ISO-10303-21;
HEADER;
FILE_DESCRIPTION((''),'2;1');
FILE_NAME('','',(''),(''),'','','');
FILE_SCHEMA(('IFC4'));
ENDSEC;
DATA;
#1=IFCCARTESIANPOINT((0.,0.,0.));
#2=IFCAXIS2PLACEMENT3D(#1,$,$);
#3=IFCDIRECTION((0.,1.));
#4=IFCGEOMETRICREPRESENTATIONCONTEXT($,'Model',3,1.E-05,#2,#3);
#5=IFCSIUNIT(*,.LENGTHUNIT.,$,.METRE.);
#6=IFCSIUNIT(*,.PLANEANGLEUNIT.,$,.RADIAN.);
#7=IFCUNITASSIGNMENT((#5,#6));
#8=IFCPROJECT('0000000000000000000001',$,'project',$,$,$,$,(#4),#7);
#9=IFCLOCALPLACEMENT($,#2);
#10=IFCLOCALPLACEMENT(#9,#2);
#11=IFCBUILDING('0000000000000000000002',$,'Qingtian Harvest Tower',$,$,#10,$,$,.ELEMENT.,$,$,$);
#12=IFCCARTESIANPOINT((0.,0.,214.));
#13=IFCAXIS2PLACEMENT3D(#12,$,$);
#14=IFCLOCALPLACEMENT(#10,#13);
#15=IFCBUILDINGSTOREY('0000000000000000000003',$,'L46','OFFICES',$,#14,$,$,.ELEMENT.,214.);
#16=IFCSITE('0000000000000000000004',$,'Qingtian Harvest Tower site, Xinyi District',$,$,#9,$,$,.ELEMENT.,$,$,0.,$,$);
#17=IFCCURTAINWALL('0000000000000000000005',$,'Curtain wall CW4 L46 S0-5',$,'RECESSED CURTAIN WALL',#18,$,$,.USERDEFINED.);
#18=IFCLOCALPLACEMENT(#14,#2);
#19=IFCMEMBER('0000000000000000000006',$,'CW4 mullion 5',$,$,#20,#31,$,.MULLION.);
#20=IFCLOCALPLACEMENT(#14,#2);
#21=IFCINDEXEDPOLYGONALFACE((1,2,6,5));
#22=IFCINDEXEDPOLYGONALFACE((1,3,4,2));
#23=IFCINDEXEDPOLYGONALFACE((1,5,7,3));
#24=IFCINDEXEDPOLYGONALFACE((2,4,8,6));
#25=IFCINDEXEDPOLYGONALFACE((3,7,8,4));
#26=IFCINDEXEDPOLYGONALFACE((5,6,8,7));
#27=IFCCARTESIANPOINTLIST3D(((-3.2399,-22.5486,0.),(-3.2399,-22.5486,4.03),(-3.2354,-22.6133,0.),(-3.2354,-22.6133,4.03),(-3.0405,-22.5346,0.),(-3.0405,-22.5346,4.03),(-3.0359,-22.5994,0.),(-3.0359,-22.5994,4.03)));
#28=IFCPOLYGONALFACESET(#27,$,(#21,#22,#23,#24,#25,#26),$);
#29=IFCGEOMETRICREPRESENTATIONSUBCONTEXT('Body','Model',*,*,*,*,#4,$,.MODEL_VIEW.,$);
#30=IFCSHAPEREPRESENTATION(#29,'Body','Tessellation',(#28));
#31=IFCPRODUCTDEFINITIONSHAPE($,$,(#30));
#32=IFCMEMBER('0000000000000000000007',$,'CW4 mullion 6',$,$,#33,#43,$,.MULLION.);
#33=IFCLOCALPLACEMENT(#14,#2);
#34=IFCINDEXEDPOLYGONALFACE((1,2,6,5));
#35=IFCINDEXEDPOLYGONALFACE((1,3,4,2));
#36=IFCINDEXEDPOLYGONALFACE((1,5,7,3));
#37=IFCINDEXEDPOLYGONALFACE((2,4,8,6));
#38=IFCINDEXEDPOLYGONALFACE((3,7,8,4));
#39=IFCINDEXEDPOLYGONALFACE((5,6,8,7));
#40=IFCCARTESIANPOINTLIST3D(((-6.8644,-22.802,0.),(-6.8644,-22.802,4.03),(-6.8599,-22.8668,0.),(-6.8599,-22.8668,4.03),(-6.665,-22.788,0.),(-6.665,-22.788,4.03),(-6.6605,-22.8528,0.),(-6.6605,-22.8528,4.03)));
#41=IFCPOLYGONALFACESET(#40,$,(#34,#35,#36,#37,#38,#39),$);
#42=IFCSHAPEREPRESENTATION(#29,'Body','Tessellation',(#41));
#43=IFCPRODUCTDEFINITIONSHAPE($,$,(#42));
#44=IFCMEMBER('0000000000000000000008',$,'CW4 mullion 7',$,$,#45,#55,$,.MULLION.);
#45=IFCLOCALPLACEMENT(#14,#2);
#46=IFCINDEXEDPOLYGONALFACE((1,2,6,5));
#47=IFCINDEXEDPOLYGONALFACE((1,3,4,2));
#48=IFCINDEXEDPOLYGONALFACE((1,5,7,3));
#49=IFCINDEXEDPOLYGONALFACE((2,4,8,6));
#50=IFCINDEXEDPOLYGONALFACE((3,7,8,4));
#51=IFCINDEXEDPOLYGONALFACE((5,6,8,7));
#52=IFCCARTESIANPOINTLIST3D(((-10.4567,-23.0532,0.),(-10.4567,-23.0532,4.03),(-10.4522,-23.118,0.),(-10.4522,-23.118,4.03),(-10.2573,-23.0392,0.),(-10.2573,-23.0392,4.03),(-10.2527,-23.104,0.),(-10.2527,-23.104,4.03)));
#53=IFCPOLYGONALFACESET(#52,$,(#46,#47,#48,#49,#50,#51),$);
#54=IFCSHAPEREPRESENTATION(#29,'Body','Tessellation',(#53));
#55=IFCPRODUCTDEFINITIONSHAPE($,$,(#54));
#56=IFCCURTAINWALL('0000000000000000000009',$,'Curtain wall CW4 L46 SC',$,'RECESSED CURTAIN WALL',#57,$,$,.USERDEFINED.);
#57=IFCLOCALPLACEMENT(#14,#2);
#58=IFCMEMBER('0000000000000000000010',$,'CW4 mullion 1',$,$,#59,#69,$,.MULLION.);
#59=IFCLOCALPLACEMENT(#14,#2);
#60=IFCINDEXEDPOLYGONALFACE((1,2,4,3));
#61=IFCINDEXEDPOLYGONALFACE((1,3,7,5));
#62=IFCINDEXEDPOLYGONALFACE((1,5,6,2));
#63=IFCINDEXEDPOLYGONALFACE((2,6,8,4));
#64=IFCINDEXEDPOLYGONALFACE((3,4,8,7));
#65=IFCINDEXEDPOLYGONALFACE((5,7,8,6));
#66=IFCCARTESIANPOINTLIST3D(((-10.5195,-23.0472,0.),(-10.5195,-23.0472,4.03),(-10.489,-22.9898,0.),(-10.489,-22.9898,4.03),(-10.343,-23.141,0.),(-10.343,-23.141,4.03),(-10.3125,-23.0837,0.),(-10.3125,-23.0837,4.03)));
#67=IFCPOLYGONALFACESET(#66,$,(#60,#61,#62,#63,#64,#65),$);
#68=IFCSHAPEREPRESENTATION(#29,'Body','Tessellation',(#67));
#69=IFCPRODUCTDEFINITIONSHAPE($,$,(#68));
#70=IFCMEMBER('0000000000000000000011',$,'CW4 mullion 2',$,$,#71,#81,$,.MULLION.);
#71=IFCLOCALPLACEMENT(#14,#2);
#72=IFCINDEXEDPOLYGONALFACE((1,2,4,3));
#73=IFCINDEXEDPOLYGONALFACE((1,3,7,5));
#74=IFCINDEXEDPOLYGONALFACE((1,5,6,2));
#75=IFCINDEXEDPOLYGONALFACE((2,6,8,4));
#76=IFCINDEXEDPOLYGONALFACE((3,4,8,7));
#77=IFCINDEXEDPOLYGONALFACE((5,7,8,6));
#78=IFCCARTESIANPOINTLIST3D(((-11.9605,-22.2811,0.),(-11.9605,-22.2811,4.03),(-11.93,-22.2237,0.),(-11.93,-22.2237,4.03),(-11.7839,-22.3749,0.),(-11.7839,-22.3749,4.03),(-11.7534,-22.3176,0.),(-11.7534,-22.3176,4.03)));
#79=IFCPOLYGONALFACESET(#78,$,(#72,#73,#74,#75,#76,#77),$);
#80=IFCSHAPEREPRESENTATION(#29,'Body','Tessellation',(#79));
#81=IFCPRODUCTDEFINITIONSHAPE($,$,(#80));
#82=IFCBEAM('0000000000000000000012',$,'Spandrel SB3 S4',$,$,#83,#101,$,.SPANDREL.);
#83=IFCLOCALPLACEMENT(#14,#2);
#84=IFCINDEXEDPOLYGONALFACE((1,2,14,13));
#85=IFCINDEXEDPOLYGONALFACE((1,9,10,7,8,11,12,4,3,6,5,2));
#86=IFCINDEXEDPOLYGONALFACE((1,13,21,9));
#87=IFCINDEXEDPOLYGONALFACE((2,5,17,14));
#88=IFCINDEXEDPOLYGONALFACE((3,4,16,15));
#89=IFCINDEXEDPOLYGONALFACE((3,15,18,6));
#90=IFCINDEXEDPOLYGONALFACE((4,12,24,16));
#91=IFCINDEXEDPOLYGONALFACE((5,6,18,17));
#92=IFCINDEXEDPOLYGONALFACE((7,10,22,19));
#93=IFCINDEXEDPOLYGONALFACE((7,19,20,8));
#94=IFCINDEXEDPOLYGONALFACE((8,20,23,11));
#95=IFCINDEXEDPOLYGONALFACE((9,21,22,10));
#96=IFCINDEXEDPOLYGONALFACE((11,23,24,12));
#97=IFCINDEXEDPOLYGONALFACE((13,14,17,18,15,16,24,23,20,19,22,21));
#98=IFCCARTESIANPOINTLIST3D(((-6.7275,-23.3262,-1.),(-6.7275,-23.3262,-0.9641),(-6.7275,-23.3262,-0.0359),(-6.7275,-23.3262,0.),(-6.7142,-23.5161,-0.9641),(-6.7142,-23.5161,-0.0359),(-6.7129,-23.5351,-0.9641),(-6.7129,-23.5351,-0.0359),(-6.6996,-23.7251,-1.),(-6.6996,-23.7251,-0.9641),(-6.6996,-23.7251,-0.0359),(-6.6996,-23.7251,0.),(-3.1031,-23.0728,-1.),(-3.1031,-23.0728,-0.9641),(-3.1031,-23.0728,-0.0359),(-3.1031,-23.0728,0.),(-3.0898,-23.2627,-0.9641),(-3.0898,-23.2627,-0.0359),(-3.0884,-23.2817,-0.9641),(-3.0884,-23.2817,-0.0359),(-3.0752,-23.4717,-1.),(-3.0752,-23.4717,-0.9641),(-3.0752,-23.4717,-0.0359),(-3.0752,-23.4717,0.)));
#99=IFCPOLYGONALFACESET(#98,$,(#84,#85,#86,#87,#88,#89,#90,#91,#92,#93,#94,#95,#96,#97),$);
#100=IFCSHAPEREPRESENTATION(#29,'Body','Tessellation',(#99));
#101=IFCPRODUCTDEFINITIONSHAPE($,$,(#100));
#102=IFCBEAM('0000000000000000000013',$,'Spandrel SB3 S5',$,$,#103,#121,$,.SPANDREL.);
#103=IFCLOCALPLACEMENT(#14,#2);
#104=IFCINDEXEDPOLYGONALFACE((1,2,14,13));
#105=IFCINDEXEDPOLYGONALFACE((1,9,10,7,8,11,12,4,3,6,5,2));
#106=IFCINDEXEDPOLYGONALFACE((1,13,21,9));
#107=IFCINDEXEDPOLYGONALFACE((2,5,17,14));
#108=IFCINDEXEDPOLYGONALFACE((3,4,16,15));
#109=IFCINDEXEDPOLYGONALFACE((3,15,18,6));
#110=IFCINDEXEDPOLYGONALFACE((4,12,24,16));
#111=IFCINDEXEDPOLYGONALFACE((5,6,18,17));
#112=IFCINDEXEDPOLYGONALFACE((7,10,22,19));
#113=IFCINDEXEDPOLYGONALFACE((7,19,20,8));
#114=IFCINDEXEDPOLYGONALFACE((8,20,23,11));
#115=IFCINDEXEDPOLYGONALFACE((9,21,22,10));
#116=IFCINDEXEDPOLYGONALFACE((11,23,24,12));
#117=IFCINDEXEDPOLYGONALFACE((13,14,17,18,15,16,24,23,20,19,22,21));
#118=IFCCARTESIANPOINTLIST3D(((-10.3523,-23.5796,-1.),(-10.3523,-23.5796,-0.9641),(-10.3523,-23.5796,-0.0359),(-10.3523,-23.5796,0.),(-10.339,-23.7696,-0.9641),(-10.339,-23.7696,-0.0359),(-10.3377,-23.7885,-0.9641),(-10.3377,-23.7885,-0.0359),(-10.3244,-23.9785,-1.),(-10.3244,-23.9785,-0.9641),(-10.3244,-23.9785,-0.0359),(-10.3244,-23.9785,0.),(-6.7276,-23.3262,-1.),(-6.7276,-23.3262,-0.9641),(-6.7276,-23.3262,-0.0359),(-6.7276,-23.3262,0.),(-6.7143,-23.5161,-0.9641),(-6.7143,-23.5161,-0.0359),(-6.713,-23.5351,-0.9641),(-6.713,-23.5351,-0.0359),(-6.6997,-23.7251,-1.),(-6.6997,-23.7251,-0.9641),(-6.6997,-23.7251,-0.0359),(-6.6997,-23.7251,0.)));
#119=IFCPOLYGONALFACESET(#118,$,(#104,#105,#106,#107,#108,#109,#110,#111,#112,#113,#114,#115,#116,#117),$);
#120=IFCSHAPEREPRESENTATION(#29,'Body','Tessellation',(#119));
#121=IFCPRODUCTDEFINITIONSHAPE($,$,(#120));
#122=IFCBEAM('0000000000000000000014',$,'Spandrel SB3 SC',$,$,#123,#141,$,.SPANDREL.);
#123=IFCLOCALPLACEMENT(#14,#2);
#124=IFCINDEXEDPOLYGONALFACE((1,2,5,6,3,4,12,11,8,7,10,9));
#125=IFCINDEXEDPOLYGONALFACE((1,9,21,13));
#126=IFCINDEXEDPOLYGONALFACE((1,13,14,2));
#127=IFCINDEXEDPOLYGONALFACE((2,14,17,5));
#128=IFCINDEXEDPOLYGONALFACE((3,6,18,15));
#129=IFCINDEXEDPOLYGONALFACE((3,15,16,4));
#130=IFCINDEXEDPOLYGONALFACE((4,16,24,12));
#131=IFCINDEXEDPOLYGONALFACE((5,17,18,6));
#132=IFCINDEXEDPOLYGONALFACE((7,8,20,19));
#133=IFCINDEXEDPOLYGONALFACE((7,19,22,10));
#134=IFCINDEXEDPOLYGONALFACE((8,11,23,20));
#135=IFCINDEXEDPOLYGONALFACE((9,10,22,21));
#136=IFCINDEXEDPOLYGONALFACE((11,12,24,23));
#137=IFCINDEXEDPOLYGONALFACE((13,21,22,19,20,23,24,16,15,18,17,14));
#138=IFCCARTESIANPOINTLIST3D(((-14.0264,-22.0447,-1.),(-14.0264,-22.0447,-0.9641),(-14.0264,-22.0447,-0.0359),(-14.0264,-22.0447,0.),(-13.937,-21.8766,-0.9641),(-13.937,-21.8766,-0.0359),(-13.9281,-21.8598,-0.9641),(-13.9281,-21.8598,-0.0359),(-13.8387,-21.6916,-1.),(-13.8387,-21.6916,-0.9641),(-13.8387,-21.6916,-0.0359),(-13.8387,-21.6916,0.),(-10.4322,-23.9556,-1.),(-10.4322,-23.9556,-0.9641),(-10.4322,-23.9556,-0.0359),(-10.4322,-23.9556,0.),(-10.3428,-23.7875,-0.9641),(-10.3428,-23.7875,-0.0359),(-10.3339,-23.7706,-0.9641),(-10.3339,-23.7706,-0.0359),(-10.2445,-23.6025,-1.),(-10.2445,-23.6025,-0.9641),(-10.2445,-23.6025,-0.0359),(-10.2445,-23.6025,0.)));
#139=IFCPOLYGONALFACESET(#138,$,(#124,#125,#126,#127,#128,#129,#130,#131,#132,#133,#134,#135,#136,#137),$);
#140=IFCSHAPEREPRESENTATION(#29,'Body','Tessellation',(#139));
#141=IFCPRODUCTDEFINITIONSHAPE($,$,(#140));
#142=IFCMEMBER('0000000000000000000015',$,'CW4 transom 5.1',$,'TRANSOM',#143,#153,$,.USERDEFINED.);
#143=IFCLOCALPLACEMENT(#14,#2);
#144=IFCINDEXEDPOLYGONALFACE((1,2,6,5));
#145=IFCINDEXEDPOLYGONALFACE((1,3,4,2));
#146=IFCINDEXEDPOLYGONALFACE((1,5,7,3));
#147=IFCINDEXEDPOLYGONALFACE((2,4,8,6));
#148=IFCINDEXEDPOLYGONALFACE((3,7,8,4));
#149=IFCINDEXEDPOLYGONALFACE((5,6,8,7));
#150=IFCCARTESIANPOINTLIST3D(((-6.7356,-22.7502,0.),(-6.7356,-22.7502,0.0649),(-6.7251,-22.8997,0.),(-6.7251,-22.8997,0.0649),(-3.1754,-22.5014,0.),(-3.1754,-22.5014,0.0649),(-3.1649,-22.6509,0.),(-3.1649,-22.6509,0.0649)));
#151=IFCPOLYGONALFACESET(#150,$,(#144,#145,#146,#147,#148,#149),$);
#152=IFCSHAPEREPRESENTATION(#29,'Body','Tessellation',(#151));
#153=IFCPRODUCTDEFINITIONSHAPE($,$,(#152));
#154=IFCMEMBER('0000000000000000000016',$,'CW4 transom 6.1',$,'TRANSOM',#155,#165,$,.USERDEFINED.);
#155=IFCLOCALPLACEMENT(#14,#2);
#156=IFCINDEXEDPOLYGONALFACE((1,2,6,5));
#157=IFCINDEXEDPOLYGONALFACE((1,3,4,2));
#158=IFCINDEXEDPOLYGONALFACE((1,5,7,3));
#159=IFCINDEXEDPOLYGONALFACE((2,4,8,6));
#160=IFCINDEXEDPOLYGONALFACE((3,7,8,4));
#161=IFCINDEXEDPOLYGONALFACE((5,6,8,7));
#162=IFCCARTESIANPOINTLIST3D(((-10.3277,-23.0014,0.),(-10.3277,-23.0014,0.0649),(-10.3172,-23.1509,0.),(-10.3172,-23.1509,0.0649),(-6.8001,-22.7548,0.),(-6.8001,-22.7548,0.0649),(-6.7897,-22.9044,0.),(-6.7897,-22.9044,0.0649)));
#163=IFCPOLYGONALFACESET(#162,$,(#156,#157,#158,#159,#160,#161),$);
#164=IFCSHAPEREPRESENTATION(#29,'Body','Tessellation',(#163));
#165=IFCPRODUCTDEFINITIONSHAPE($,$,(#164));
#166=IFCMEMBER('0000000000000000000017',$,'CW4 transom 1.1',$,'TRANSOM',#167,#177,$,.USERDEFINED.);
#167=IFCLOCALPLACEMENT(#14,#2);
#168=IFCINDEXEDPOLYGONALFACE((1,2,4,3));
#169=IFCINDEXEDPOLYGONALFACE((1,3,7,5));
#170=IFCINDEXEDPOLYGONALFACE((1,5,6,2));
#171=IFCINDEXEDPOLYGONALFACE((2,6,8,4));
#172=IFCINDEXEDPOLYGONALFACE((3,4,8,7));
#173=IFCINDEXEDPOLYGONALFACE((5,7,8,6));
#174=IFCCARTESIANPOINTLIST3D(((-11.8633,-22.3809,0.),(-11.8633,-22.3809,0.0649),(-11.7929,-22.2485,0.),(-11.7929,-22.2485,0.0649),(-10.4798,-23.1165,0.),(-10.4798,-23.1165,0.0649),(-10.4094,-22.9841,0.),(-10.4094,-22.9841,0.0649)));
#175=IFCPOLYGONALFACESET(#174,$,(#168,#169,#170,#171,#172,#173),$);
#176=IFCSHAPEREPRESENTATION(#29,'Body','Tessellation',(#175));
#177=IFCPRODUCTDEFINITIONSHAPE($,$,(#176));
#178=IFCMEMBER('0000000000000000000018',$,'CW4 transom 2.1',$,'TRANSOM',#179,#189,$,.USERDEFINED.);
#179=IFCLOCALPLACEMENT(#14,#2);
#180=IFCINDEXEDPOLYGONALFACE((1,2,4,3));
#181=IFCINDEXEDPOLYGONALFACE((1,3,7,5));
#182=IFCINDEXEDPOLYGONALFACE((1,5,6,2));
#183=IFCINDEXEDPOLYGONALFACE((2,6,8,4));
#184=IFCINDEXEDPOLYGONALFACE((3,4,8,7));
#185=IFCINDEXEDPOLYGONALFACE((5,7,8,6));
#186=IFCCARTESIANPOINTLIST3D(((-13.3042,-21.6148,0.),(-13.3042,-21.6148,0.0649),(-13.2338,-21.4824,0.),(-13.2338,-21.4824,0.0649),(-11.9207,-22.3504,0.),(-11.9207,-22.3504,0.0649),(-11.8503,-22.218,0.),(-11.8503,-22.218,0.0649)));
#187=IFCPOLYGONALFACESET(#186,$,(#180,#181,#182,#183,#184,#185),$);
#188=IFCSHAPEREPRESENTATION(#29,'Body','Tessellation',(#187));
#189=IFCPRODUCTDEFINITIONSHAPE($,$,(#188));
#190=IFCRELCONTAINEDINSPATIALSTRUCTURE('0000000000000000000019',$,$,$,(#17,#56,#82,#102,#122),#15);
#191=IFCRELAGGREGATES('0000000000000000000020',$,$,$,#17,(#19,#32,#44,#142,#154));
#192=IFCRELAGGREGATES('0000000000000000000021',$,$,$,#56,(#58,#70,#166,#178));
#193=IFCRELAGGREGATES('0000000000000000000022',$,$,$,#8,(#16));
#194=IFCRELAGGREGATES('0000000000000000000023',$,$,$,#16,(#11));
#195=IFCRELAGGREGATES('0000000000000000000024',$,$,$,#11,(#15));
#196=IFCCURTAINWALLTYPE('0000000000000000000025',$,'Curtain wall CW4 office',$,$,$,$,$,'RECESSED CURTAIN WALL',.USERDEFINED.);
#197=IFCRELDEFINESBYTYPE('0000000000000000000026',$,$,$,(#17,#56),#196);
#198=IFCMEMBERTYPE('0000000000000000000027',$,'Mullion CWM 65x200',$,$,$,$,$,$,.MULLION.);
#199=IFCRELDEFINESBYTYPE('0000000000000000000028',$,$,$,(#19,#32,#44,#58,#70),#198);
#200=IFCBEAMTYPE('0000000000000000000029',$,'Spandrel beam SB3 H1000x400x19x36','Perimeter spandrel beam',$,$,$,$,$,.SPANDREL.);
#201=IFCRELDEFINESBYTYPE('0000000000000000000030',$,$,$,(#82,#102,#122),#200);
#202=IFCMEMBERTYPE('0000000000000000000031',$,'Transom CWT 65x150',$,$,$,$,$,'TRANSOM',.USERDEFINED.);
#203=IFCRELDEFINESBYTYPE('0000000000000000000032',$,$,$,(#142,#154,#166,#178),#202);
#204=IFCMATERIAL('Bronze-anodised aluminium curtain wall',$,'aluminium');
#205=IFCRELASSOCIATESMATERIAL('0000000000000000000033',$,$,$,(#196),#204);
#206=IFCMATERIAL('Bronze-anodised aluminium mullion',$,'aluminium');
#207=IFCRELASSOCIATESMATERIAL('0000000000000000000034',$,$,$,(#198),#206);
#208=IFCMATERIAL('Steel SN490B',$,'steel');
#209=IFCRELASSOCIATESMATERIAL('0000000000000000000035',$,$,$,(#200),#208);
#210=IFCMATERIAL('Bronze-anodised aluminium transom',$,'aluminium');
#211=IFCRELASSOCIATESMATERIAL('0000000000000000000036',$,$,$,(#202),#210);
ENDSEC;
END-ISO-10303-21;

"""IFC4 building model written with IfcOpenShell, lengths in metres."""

from ifc_helpers import new_model, si_unit, direction, frame, origin, origin_2d, place, context, subcontext, project, spatial, rectangle, i_section, extrude, material, material_profile, profile_set, type_object, element, aggregate, save


model = new_model("IFC4")

# Units and contexts
model_context = context("Model", 3, precision=1e-05, world=origin(), true_north=direction((0.0, 1.0)))
body_context = subcontext(model_context, "Body", "Model", "MODEL_VIEW")
ifc_project = project(units=[si_unit("LENGTHUNIT", "METRE"), si_unit("PLANEANGLEUNIT", "RADIAN")], contexts=[model_context])

# Site, building, storey
site_placement = place(None, origin())
site = spatial("IfcSite", under=ifc_project, at=site_placement, Name="Qingtian Harvest Tower site, Xinyi District", CompositionType="ELEMENT", RefElevation=0.0)
building_placement = place(site_placement, origin())
building = spatial("IfcBuilding", under=site, at=building_placement, Name="Qingtian Harvest Tower", CompositionType="ELEMENT")
storey_placement = place(building_placement, frame((0.0, 0.0, 214.0)))
storey = spatial("IfcBuildingStorey", under=building, at=storey_placement, Name="L46", Description="OFFICES", CompositionType="ELEMENT", Elevation=214.0)

# Curtain walls, members
ifc_material_1 = material(Name="Bronze-anodised aluminium curtain wall", Category="aluminium")
curtain_wall_type = type_object("IfcCurtainWallType", Name="Curtain wall CW4 office", ElementType="RECESSED CURTAIN WALL", PredefinedType="USERDEFINED", material=ifc_material_1)
curtain_wall_1_placement = place(storey_placement, origin())
curtain_wall_1 = element("IfcCurtainWall", 1, at=curtain_wall_1_placement, inside=storey, type_object=curtain_wall_type, Name="Curtain wall CW4 L46 S0-5", ObjectType="RECESSED CURTAIN WALL", PredefinedType="USERDEFINED")
ifc_material_2 = material(Name="Bronze-anodised aluminium mullion", Category="aluminium")
ifc_material_profile_1 = material_profile(ifc_material_2, rectangle(XDim=0.0649, YDim=0.2, at=origin_2d()), Name="AL 65x200")
ifc_profile_set_1 = profile_set([ifc_material_profile_1], Name="Bronze-anodised aluminium mullion")
member_type_1 = type_object("IfcMemberType", Name="Mullion CWM 65x200", PredefinedType="MULLION", material=ifc_profile_set_1)
member_1_placement = place(storey_placement, frame((-3.1379, -22.574, 0.0), z_axis=(0.0, 0.0, 1.0), x_axis=(0.069756, -0.997564, 0.0)))
member_1 = element("IfcMember", 2, at=member_1_placement, type_object=member_type_1, Name="CW4 mullion 5", PredefinedType="MULLION", context=body_context, shape_type="SweptSolid", body=[
    extrude(rectangle(XDim=0.0649, YDim=0.2, at=origin_2d()), origin(), (0.0, 0.0, 1.0), 4.03),
])
member_2_placement = place(storey_placement, frame((-6.7625, -22.8274, 0.0), z_axis=(0.0, 0.0, 1.0), x_axis=(0.069756, -0.997564, 0.0)))
member_2 = element("IfcMember", 3, at=member_2_placement, type_object=member_type_1, Name="CW4 mullion 6", PredefinedType="MULLION", context=body_context, shape_type="SweptSolid", body=[
    extrude(rectangle(XDim=0.0649, YDim=0.2, at=origin_2d()), origin(), (0.0, 0.0, 1.0), 4.03),
])
member_3_placement = place(storey_placement, frame((-10.3547, -23.0786, 0.0), z_axis=(0.0, 0.0, 1.0), x_axis=(0.069756, -0.997564, 0.0)))
member_3 = element("IfcMember", 4, at=member_3_placement, type_object=member_type_1, Name="CW4 mullion 7", PredefinedType="MULLION", context=body_context, shape_type="SweptSolid", body=[
    extrude(rectangle(XDim=0.0649, YDim=0.2, at=origin_2d()), origin(), (0.0, 0.0, 1.0), 4.03),
])
curtain_wall_2_placement = place(storey_placement, origin())
curtain_wall_2 = element("IfcCurtainWall", 5, at=curtain_wall_2_placement, inside=storey, type_object=curtain_wall_type, Name="Curtain wall CW4 L46 SC", ObjectType="RECESSED CURTAIN WALL", PredefinedType="USERDEFINED")
member_4_placement = place(storey_placement, frame((-10.416, -23.0654, 0.0), z_axis=(0.0, 0.0, 1.0), x_axis=(-0.469472, -0.882948, 0.0)))
member_4 = element("IfcMember", 6, at=member_4_placement, type_object=member_type_1, Name="CW4 mullion 1", PredefinedType="MULLION", context=body_context, shape_type="SweptSolid", body=[
    extrude(rectangle(XDim=0.0649, YDim=0.2, at=origin_2d()), origin(), (0.0, 0.0, 1.0), 4.03),
])
member_5_placement = place(storey_placement, frame((-11.8569, -22.2993, 0.0), z_axis=(0.0, 0.0, 1.0), x_axis=(-0.469472, -0.882948, 0.0)))
member_5 = element("IfcMember", 7, at=member_5_placement, type_object=member_type_1, Name="CW4 mullion 2", PredefinedType="MULLION", context=body_context, shape_type="SweptSolid", body=[
    extrude(rectangle(XDim=0.0649, YDim=0.2, at=origin_2d()), origin(), (0.0, 0.0, 1.0), 4.03),
])

# Beams
ifc_material_3 = material(Name="Steel SN490B", Category="steel")
ifc_material_profile_2 = material_profile(ifc_material_3, i_section(OverallWidth=0.3999, OverallDepth=1.0, WebThickness=0.019, FlangeThickness=0.0359, at=origin_2d()), Name="H1000x400x19x36")
ifc_profile_set_2 = profile_set([ifc_material_profile_2], Name="Steel SN490B")
beam_type_1 = type_object("IfcBeamType", Name="Spandrel beam SB3 H1000x400x19x36", Description="Perimeter spandrel beam", PredefinedType="SPANDREL", material=ifc_profile_set_2)
beam_1_placement = place(storey_placement, frame((-3.0891, -23.2722, -0.5), z_axis=(-0.997565, -0.069748, 0.0), x_axis=(0.069748, -0.997565, 0.0)))
element("IfcBeam", 8, at=beam_1_placement, inside=storey, type_object=beam_type_1, Name="Spandrel SB3 S4", PredefinedType="SPANDREL", context=body_context, shape_type="SweptSolid", body=[
    extrude(i_section(OverallWidth=0.3999, OverallDepth=1.0, WebThickness=0.019, FlangeThickness=0.0359, at=origin_2d()), origin(), (0.0, 0.0, 1.0), 3.6333),
])
beam_2_placement = place(storey_placement, frame((-6.7136, -23.5256, -0.5), z_axis=(-0.997565, -0.069743, 0.0), x_axis=(0.069743, -0.997565, 0.0)))
element("IfcBeam", 9, at=beam_2_placement, inside=storey, type_object=beam_type_1, Name="Spandrel SB3 S5", PredefinedType="SPANDREL", context=body_context, shape_type="SweptSolid", body=[
    extrude(i_section(OverallWidth=0.3999, OverallDepth=1.0, WebThickness=0.019, FlangeThickness=0.0359, at=origin_2d()), origin(), (0.0, 0.0, 1.0), 3.6335),
])
beam_3_placement = place(storey_placement, frame((-10.3384, -23.7791, -0.5), z_axis=(-0.882968, 0.469433, 0.0), x_axis=(-0.469433, -0.882968, 0.0)))
element("IfcBeam", 10, at=beam_3_placement, inside=storey, type_object=beam_type_1, Name="Spandrel SB3 SC", PredefinedType="SPANDREL", context=body_context, shape_type="SweptSolid", body=[
    extrude(i_section(OverallWidth=0.3999, OverallDepth=1.0, WebThickness=0.019, FlangeThickness=0.0359, at=origin_2d()), origin(), (0.0, 0.0, 1.0), 4.0706),
])

# Members
ifc_material_4 = material(Name="Bronze-anodised aluminium transom", Category="aluminium")
ifc_material_profile_3 = material_profile(ifc_material_4, rectangle(XDim=0.1499, YDim=0.0649, at=origin_2d()), Name="AL 65x150")
ifc_profile_set_3 = profile_set([ifc_material_profile_3], Name="Bronze-anodised aluminium transom")
member_type_2 = type_object("IfcMemberType", Name="Transom CWT 65x150", ElementType="TRANSOM", PredefinedType="USERDEFINED", material=ifc_profile_set_3)
member_6_placement = place(storey_placement, frame((-3.1702, -22.5762, 0.0325), z_axis=(-0.997567, -0.069711, 0.0), x_axis=(0.069711, -0.997567, 0.0)))
member_6 = element("IfcMember", 11, at=member_6_placement, type_object=member_type_2, Name="CW4 transom 5.1", ObjectType="TRANSOM", PredefinedType="USERDEFINED", context=body_context, shape_type="SweptSolid", body=[
    extrude(rectangle(XDim=0.1499, YDim=0.0649, at=origin_2d()), origin(), (0.0, 0.0, 1.0), 3.5688),
])
member_7_placement = place(storey_placement, frame((-6.7949, -22.8296, 0.0325), z_axis=(-0.997566, -0.069731, 0.0), x_axis=(0.069731, -0.997566, 0.0)))
member_7 = element("IfcMember", 12, at=member_7_placement, type_object=member_type_2, Name="CW4 transom 6.1", ObjectType="TRANSOM", PredefinedType="USERDEFINED", context=body_context, shape_type="SweptSolid", body=[
    extrude(rectangle(XDim=0.1499, YDim=0.0649, at=origin_2d()), origin(), (0.0, 0.0, 1.0), 3.5361),
])
member_8_placement = place(storey_placement, frame((-10.4446, -23.0503, 0.0325), z_axis=(-0.88296, 0.469448, 0.0), x_axis=(-0.469448, -0.88296, 0.0)))
member_8 = element("IfcMember", 13, at=member_8_placement, type_object=member_type_2, Name="CW4 transom 1.1", ObjectType="TRANSOM", PredefinedType="USERDEFINED", context=body_context, shape_type="SweptSolid", body=[
    extrude(rectangle(XDim=0.1499, YDim=0.0649, at=origin_2d()), origin(), (0.0, 0.0, 1.0), 1.5669),
])
member_9_placement = place(storey_placement, frame((-11.8855, -22.2842, 0.0325), z_axis=(-0.88296, 0.469448, 0.0), x_axis=(-0.469448, -0.88296, 0.0)))
member_9 = element("IfcMember", 14, at=member_9_placement, type_object=member_type_2, Name="CW4 transom 2.1", ObjectType="TRANSOM", PredefinedType="USERDEFINED", context=body_context, shape_type="SweptSolid", body=[
    extrude(rectangle(XDim=0.1499, YDim=0.0649, at=origin_2d()), origin(), (0.0, 0.0, 1.0), 1.5669),
])

aggregate(curtain_wall_1, [member_1, member_2, member_3, member_6, member_7])
aggregate(curtain_wall_2, [member_4, member_5, member_8, member_9])

save(model, "model.ifc")
